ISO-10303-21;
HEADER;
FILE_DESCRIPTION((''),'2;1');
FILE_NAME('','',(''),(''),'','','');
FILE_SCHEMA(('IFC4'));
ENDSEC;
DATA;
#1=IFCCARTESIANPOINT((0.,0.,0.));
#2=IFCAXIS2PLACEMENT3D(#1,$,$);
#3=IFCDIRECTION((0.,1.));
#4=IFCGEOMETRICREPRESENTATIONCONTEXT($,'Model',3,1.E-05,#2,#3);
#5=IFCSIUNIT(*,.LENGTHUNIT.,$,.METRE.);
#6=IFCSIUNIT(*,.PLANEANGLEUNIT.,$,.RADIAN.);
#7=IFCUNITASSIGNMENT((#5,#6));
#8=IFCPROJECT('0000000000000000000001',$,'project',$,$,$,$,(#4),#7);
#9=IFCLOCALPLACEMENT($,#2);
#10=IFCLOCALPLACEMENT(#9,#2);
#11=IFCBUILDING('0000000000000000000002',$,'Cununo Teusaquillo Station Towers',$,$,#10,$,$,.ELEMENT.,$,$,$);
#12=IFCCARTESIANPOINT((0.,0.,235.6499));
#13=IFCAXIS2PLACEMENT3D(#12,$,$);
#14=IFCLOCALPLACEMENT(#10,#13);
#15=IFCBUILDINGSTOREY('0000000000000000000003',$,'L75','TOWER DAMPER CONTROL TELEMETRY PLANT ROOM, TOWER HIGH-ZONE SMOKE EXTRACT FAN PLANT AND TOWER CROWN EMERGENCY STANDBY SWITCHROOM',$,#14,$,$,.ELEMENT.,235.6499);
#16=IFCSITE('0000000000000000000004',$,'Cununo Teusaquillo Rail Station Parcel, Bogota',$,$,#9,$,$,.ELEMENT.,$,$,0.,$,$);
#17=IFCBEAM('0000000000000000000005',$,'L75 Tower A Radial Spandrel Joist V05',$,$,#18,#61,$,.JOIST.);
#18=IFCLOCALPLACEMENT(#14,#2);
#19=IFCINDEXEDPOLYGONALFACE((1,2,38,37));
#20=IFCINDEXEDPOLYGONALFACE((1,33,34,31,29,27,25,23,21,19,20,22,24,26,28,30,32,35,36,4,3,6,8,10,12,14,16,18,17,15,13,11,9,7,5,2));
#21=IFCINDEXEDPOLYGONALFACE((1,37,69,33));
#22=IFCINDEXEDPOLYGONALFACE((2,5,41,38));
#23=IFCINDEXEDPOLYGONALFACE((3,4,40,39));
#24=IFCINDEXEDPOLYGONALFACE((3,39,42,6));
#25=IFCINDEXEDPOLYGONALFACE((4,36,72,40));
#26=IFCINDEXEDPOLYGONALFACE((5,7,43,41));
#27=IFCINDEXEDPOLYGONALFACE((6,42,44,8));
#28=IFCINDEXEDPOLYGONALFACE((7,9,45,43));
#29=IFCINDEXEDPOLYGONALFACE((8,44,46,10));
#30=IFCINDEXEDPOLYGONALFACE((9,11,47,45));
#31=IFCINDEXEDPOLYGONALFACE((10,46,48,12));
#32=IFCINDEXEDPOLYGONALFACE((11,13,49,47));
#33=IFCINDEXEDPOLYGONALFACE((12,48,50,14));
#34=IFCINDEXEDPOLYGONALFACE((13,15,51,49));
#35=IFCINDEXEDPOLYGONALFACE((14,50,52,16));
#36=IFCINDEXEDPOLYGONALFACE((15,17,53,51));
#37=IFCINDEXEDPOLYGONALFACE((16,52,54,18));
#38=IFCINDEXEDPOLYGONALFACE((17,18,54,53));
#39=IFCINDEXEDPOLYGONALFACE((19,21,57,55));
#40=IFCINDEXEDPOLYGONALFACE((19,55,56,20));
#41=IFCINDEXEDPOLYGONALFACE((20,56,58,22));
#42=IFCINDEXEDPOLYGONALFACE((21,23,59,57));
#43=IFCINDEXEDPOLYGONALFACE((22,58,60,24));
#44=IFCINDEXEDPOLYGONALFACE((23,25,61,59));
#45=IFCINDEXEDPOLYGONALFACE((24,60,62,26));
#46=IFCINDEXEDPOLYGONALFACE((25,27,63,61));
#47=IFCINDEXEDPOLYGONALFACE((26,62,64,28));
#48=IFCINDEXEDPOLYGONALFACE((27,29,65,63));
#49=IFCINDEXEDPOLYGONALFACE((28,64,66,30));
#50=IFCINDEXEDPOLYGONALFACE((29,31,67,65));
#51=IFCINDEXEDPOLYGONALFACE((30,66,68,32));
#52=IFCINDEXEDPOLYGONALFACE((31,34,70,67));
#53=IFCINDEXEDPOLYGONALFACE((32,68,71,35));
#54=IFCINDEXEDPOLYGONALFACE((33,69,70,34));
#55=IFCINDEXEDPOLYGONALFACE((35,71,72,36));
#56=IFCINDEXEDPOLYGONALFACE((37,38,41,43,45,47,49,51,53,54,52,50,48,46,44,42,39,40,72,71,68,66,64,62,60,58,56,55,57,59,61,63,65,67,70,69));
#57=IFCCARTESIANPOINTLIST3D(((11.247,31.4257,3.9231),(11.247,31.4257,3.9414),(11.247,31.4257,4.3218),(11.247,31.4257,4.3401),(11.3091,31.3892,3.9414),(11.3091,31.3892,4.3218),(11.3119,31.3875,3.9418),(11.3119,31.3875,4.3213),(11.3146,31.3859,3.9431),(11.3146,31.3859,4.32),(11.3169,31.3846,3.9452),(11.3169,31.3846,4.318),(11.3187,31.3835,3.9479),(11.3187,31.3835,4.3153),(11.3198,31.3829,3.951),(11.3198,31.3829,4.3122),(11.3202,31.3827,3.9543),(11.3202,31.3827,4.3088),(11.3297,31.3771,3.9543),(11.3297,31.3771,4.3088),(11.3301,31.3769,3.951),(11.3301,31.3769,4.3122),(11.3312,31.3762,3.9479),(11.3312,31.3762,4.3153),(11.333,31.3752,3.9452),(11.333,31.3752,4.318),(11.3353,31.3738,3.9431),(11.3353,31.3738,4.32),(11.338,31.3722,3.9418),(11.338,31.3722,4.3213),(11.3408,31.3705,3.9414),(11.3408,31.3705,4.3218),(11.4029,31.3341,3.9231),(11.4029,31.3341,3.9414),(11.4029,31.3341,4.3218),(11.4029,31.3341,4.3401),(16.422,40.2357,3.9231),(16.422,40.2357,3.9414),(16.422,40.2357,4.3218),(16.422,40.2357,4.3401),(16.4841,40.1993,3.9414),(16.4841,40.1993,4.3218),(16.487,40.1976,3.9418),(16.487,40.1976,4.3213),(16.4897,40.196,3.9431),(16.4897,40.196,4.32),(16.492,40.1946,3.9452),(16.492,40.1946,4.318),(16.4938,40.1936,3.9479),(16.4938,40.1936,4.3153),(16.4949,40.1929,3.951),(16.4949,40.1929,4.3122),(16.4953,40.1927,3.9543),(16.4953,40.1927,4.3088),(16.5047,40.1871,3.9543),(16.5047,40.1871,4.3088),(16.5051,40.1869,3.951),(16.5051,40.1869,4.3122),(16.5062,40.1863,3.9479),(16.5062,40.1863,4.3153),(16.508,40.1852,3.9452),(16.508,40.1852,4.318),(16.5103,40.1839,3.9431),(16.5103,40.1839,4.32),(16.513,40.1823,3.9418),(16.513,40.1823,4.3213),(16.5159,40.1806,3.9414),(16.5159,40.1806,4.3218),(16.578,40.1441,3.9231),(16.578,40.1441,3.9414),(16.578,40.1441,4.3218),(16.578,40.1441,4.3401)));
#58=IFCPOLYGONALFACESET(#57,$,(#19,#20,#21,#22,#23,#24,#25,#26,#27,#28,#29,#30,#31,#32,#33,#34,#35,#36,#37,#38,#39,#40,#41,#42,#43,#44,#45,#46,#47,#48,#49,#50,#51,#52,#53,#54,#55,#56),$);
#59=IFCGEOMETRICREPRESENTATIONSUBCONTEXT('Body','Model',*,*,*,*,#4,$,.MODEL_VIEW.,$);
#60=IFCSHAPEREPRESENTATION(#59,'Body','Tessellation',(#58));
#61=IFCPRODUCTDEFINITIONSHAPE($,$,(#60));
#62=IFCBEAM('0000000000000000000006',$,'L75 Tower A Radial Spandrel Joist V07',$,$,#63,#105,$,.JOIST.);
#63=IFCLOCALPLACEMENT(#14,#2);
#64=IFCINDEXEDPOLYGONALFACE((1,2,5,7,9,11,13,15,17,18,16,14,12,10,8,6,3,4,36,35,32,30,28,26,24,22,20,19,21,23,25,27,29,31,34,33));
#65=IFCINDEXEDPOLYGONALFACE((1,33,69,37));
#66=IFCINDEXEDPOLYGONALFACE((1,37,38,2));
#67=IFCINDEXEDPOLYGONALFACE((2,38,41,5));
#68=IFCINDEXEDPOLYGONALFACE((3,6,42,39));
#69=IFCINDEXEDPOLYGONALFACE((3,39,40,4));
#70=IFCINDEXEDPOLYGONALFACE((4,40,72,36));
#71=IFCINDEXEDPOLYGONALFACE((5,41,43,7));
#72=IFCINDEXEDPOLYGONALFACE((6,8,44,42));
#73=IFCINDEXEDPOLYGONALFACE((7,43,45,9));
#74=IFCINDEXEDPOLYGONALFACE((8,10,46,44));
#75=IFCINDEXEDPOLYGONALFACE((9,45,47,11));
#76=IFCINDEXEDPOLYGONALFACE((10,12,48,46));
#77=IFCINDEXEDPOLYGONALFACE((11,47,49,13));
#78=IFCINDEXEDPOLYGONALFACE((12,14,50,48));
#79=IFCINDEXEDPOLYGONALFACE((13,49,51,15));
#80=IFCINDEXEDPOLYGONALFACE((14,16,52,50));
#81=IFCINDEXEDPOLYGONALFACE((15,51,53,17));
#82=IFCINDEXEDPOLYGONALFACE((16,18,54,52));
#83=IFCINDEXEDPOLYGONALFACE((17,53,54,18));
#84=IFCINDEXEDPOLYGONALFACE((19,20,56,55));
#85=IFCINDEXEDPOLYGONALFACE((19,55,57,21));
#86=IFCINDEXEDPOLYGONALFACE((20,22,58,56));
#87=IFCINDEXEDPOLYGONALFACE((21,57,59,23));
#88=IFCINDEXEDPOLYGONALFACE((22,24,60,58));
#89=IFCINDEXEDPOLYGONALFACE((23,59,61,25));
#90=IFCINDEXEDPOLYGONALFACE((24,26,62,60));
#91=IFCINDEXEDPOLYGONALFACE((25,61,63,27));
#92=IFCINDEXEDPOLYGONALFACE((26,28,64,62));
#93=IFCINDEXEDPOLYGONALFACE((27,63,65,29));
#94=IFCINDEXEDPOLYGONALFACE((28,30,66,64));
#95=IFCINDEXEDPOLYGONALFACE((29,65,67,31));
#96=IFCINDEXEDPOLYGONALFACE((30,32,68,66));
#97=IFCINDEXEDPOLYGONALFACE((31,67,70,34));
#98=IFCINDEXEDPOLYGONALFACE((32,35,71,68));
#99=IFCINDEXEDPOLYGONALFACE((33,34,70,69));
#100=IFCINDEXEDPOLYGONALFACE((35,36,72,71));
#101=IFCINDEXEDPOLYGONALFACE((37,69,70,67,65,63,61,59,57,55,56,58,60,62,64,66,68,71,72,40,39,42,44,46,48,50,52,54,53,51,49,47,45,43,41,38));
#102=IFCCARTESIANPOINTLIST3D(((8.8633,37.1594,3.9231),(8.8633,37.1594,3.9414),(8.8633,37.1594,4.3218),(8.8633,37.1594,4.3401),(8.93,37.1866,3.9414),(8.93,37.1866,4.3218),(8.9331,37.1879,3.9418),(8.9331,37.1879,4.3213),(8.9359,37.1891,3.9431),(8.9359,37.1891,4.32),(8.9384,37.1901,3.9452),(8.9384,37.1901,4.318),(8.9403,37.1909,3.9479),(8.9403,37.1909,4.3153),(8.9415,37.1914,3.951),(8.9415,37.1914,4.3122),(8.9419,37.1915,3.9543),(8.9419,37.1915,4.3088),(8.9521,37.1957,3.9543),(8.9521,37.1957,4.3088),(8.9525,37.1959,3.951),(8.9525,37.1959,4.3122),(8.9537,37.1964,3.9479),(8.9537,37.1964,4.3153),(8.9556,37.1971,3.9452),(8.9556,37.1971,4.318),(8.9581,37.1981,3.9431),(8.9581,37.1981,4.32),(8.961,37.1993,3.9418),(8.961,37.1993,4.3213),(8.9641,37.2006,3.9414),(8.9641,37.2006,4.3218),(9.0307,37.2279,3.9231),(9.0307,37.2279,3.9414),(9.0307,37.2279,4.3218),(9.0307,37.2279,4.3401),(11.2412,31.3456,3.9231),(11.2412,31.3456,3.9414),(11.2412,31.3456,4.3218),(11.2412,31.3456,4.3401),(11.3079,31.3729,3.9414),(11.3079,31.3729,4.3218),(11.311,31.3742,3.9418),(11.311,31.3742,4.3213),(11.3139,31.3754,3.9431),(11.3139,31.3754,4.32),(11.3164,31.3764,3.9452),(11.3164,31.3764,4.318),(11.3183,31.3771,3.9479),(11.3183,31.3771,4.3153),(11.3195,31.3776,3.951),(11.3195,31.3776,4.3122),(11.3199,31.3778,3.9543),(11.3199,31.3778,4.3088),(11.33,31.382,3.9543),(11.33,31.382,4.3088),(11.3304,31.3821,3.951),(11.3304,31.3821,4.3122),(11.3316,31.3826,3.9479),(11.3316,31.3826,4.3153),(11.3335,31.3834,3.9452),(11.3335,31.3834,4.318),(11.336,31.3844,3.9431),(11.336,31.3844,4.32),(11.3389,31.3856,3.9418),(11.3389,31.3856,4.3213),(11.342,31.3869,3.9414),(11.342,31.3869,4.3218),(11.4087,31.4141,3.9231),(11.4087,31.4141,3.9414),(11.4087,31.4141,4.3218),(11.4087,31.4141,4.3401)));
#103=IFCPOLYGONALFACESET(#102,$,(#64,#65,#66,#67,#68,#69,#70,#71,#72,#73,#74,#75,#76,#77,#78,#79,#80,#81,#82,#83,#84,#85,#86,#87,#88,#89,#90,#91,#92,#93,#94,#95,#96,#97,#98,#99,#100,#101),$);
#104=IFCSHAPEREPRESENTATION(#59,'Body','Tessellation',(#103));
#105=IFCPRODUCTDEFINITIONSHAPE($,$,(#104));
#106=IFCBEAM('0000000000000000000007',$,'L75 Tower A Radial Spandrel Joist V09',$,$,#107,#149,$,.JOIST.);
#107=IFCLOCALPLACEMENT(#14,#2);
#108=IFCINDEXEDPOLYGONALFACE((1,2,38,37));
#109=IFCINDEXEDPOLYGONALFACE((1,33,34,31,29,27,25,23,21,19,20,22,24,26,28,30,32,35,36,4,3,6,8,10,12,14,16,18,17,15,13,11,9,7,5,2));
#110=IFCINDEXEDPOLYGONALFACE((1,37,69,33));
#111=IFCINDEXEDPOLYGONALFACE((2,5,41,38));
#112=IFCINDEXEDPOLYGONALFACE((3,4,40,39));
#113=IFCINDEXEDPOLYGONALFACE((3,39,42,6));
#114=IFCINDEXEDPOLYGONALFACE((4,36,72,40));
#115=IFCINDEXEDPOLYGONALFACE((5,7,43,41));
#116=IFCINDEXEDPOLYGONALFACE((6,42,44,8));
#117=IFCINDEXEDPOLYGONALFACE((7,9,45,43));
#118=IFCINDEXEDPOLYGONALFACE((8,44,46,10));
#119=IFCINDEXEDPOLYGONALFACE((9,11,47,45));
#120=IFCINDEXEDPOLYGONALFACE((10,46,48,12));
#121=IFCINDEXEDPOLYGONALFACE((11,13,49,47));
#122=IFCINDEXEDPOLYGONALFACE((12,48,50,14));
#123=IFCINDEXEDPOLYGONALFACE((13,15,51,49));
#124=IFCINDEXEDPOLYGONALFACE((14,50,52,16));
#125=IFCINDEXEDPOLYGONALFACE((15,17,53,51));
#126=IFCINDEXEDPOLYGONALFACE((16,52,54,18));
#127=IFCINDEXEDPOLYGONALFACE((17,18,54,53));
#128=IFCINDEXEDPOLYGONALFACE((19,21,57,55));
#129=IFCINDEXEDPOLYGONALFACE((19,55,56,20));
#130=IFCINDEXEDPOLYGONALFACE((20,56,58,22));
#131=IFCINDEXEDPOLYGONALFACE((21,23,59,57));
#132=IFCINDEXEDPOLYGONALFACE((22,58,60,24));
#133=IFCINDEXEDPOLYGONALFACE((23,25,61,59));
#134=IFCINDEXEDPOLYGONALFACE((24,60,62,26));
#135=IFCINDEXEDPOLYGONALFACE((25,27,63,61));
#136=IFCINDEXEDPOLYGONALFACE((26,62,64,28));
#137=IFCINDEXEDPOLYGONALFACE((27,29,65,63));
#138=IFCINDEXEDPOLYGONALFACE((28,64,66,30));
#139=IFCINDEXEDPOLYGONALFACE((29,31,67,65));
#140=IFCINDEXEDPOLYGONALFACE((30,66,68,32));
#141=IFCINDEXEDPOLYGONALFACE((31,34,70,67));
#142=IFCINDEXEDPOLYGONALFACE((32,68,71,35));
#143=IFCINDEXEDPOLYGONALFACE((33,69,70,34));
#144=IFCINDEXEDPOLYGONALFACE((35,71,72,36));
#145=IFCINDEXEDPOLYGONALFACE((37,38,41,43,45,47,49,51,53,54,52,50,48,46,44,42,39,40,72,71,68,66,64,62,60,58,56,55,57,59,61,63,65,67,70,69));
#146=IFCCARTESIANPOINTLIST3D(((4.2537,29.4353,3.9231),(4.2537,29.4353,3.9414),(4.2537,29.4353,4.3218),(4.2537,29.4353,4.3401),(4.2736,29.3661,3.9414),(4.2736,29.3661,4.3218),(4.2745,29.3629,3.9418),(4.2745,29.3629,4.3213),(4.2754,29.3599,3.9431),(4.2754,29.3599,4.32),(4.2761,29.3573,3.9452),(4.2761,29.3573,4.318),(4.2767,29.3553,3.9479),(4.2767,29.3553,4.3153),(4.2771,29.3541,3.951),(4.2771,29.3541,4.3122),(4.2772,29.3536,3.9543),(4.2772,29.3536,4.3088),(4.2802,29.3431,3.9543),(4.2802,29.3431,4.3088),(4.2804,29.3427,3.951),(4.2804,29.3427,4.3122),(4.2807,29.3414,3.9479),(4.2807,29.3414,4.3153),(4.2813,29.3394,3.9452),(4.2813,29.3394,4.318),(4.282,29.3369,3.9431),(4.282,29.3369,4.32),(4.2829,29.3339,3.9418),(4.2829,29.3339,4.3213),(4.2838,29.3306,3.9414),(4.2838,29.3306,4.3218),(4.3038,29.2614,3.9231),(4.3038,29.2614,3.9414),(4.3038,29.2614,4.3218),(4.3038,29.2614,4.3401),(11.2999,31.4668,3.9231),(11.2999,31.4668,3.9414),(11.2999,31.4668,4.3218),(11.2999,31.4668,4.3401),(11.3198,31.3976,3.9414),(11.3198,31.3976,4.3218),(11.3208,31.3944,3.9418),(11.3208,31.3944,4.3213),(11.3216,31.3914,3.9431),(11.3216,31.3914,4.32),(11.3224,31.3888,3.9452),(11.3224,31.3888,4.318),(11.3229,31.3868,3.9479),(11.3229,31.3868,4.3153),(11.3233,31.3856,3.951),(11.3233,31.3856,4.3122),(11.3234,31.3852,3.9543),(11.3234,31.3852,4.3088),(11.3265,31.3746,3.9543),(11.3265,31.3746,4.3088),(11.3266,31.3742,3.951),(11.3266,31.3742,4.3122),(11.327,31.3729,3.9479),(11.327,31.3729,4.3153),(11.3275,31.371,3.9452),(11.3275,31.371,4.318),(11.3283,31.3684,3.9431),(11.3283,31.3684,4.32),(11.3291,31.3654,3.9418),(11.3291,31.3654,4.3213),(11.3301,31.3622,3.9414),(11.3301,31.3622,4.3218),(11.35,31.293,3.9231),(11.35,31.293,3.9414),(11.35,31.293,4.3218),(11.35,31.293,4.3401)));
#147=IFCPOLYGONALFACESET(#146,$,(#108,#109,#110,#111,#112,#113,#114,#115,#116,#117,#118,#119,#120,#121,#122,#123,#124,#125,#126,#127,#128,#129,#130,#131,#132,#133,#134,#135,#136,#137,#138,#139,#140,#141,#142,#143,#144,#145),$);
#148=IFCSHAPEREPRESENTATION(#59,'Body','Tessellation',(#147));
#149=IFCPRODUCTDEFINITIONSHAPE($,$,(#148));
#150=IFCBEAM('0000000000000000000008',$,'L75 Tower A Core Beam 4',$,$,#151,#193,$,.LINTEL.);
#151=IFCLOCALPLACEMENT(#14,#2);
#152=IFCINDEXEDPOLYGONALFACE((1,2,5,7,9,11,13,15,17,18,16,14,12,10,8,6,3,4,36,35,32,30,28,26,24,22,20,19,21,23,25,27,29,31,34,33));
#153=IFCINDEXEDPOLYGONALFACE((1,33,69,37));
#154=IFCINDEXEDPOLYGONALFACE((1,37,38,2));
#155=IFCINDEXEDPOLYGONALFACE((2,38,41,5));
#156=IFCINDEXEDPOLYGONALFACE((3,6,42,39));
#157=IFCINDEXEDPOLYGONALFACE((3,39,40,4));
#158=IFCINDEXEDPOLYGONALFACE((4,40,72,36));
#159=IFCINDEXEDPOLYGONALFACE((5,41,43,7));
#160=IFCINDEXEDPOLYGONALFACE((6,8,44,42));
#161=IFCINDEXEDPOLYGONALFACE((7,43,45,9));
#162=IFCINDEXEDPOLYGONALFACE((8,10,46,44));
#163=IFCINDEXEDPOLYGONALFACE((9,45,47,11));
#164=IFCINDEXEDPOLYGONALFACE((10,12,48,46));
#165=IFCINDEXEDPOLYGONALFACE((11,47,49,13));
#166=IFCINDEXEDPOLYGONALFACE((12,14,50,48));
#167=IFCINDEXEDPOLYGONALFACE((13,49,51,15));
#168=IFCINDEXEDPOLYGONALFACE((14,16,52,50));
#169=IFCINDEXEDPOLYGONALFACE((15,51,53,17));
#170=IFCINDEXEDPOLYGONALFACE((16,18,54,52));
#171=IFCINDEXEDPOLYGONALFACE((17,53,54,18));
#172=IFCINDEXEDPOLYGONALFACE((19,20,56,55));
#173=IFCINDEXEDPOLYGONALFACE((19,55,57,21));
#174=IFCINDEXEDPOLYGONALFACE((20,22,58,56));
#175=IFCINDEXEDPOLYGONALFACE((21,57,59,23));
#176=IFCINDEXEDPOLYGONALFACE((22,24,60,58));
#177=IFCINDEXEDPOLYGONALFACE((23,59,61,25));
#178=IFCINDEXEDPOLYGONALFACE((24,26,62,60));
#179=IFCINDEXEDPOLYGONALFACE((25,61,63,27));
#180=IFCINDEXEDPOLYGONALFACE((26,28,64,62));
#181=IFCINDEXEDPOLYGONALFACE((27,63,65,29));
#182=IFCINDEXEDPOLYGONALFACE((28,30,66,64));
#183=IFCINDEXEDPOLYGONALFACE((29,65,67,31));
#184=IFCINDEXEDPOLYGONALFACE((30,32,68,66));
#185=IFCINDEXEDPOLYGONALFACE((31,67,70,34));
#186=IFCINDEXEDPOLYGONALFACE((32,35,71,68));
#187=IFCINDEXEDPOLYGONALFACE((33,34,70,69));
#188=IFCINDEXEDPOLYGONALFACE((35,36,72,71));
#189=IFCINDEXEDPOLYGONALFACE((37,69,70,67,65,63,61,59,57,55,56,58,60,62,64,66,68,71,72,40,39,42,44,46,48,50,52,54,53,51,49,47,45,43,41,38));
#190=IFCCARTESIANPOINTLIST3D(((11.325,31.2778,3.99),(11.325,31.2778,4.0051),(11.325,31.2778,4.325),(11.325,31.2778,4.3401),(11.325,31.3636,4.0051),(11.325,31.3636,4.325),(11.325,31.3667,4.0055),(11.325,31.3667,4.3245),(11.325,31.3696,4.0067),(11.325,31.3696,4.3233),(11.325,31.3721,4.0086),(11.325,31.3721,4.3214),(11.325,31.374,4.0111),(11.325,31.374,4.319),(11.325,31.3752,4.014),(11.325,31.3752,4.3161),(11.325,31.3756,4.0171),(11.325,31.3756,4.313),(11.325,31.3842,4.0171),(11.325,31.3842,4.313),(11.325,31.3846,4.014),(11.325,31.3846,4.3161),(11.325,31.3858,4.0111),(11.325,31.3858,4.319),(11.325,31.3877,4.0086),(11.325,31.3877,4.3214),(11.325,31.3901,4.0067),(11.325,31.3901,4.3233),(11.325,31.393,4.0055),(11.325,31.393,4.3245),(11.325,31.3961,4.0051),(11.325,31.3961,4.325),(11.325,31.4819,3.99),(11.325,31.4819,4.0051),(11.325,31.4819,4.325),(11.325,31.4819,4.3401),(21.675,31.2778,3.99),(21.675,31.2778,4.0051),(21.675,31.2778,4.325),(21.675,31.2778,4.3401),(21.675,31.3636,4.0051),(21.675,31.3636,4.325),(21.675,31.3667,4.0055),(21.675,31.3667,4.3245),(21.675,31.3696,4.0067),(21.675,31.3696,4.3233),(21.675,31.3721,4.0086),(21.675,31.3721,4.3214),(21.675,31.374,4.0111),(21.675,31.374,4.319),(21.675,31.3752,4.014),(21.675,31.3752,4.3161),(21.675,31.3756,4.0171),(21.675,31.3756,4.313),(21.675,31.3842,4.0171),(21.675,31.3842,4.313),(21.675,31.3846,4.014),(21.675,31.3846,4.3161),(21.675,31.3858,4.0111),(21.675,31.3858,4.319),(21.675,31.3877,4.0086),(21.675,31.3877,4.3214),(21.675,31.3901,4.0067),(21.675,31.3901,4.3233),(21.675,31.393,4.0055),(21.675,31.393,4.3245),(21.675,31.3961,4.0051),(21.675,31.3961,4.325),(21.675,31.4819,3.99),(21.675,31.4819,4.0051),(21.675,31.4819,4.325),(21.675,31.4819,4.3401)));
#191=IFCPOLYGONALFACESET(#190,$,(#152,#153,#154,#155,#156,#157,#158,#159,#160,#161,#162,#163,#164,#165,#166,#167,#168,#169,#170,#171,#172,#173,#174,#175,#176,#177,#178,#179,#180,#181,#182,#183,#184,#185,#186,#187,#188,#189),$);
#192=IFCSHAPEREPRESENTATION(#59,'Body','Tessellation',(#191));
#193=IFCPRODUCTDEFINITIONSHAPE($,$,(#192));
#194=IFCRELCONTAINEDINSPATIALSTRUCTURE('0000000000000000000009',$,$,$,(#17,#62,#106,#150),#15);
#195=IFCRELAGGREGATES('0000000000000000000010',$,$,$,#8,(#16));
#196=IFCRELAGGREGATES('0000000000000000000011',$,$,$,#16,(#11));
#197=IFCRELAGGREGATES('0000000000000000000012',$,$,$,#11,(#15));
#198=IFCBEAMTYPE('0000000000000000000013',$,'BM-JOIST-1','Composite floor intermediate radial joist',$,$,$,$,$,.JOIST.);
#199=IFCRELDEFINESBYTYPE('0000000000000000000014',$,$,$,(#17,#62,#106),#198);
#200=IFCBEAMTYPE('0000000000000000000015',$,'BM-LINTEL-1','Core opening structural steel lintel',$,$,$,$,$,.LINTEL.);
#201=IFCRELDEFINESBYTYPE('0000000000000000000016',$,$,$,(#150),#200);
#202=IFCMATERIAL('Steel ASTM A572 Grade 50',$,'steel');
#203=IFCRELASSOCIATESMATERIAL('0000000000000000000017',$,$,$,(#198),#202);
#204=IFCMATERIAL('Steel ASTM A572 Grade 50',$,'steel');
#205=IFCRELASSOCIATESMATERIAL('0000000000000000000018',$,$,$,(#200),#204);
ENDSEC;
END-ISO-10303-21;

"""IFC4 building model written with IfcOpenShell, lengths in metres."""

from ifc_helpers import new_model, si_unit, direction, frame, origin, origin_2d, place, context, subcontext, project, spatial, i_section, extrude, material, material_profile, profile_set, type_object, element, save


model = new_model("IFC4")

# Units and contexts
model_context = context("Model", 3, precision=1e-05, world=origin(), true_north=direction((0.0, 1.0)))
body_context = subcontext(model_context, "Body", "Model", "MODEL_VIEW")
ifc_project = project(units=[si_unit("LENGTHUNIT", "METRE"), si_unit("PLANEANGLEUNIT", "RADIAN")], contexts=[model_context])

# Site, building, storey
site_placement = place(None, origin())
site = spatial("IfcSite", under=ifc_project, at=site_placement, Name="Cununo Teusaquillo Rail Station Parcel, Bogota", CompositionType="ELEMENT", RefElevation=0.0)
building_placement = place(site_placement, origin())
building = spatial("IfcBuilding", under=site, at=building_placement, Name="Cununo Teusaquillo Station Towers", CompositionType="ELEMENT")
storey_placement = place(building_placement, frame((0.0, 0.0, 235.6499)))
storey = spatial("IfcBuildingStorey", under=building, at=storey_placement, Name="L75", Description="TOWER DAMPER CONTROL TELEMETRY PLANT ROOM, TOWER HIGH-ZONE SMOKE EXTRACT FAN PLANT AND TOWER CROWN EMERGENCY STANDBY SWITCHROOM", CompositionType="ELEMENT", Elevation=235.6499)

# Beams
ifc_material_1 = material(Name="Steel ASTM A572 Grade 50", Category="steel")
ifc_material_profile_1 = material_profile(ifc_material_1, i_section(OverallWidth=0.1809, OverallDepth=0.417, WebThickness=0.011, FlangeThickness=0.0183, FilletRadius=0.0129, at=origin_2d()), Name="W16X57")
ifc_profile_set_1 = profile_set([ifc_material_profile_1], Name="Steel ASTM A572 Grade 50")
beam_type_1 = type_object("IfcBeamType", Name="BM-JOIST-1", Description="Composite floor intermediate radial joist", PredefinedType="JOIST", material=ifc_profile_set_1)
beam_1_placement = place(storey_placement, frame((11.325, 31.3799, 4.1316), z_axis=(0.506486, 0.862248, 0.0), x_axis=(-0.862248, 0.506486, 0.0)))
element("IfcBeam", 1, at=beam_1_placement, inside=storey, type_object=beam_type_1, Name="L75 Tower A Radial Spandrel Joist V05", PredefinedType="JOIST", context=body_context, shape_type="SweptSolid", body=[
    extrude(i_section(OverallWidth=0.1809, OverallDepth=0.417, WebThickness=0.011, FlangeThickness=0.0183, FilletRadius=0.0129, at=origin_2d()), origin(), (0.0, 0.0, 1.0), 10.2175),
])
beam_2_placement = place(storey_placement, frame((11.325, 31.3799, 4.1316), z_axis=(-0.378577, 0.92557, 0.0), x_axis=(-0.92557, -0.378577, 0.0)))
element("IfcBeam", 2, at=beam_2_placement, inside=storey, type_object=beam_type_1, Name="L75 Tower A Radial Spandrel Joist V07", PredefinedType="JOIST", context=body_context, shape_type="SweptSolid", body=[
    extrude(i_section(OverallWidth=0.1809, OverallDepth=0.417, WebThickness=0.011, FlangeThickness=0.0183, FilletRadius=0.0129, at=origin_2d()), origin(), (0.0, 0.0, 1.0), 6.2812),
])
beam_3_placement = place(storey_placement, frame((11.325, 31.3799, 4.1316), z_axis=(-0.960862, -0.277029, 0.0), x_axis=(0.277029, -0.960862, 0.0)))
element("IfcBeam", 3, at=beam_3_placement, inside=storey, type_object=beam_type_1, Name="L75 Tower A Radial Spandrel Joist V09", PredefinedType="JOIST", context=body_context, shape_type="SweptSolid", body=[
    extrude(i_section(OverallWidth=0.1809, OverallDepth=0.417, WebThickness=0.011, FlangeThickness=0.0183, FilletRadius=0.0129, at=origin_2d()), origin(), (0.0, 0.0, 1.0), 7.3333),
])
ifc_material_2 = material(Name="Steel ASTM A572 Grade 50", Category="steel")
ifc_material_profile_2 = material_profile(ifc_material_2, i_section(OverallWidth=0.2041, OverallDepth=0.3501, WebThickness=0.0085, FlangeThickness=0.0151, FilletRadius=0.012, at=origin_2d()), Name="W14X48")
ifc_profile_set_2 = profile_set([ifc_material_profile_2], Name="Steel ASTM A572 Grade 50")
beam_type_2 = type_object("IfcBeamType", Name="BM-LINTEL-1", Description="Core opening structural steel lintel", PredefinedType="LINTEL", material=ifc_profile_set_2)
beam_4_placement = place(storey_placement, frame((11.325, 31.3799, 4.165), z_axis=(1.0, 0.0, 0.0), x_axis=(0.0, 1.0, 0.0)))
element("IfcBeam", 4, at=beam_4_placement, inside=storey, type_object=beam_type_2, Name="L75 Tower A Core Beam 4", PredefinedType="LINTEL", context=body_context, shape_type="SweptSolid", body=[
    extrude(i_section(OverallWidth=0.2041, OverallDepth=0.3501, WebThickness=0.0085, FlangeThickness=0.0151, FilletRadius=0.012, at=origin_2d()), origin(), (0.0, 0.0, 1.0), 10.3501),
])

save(model, "model.ifc")
